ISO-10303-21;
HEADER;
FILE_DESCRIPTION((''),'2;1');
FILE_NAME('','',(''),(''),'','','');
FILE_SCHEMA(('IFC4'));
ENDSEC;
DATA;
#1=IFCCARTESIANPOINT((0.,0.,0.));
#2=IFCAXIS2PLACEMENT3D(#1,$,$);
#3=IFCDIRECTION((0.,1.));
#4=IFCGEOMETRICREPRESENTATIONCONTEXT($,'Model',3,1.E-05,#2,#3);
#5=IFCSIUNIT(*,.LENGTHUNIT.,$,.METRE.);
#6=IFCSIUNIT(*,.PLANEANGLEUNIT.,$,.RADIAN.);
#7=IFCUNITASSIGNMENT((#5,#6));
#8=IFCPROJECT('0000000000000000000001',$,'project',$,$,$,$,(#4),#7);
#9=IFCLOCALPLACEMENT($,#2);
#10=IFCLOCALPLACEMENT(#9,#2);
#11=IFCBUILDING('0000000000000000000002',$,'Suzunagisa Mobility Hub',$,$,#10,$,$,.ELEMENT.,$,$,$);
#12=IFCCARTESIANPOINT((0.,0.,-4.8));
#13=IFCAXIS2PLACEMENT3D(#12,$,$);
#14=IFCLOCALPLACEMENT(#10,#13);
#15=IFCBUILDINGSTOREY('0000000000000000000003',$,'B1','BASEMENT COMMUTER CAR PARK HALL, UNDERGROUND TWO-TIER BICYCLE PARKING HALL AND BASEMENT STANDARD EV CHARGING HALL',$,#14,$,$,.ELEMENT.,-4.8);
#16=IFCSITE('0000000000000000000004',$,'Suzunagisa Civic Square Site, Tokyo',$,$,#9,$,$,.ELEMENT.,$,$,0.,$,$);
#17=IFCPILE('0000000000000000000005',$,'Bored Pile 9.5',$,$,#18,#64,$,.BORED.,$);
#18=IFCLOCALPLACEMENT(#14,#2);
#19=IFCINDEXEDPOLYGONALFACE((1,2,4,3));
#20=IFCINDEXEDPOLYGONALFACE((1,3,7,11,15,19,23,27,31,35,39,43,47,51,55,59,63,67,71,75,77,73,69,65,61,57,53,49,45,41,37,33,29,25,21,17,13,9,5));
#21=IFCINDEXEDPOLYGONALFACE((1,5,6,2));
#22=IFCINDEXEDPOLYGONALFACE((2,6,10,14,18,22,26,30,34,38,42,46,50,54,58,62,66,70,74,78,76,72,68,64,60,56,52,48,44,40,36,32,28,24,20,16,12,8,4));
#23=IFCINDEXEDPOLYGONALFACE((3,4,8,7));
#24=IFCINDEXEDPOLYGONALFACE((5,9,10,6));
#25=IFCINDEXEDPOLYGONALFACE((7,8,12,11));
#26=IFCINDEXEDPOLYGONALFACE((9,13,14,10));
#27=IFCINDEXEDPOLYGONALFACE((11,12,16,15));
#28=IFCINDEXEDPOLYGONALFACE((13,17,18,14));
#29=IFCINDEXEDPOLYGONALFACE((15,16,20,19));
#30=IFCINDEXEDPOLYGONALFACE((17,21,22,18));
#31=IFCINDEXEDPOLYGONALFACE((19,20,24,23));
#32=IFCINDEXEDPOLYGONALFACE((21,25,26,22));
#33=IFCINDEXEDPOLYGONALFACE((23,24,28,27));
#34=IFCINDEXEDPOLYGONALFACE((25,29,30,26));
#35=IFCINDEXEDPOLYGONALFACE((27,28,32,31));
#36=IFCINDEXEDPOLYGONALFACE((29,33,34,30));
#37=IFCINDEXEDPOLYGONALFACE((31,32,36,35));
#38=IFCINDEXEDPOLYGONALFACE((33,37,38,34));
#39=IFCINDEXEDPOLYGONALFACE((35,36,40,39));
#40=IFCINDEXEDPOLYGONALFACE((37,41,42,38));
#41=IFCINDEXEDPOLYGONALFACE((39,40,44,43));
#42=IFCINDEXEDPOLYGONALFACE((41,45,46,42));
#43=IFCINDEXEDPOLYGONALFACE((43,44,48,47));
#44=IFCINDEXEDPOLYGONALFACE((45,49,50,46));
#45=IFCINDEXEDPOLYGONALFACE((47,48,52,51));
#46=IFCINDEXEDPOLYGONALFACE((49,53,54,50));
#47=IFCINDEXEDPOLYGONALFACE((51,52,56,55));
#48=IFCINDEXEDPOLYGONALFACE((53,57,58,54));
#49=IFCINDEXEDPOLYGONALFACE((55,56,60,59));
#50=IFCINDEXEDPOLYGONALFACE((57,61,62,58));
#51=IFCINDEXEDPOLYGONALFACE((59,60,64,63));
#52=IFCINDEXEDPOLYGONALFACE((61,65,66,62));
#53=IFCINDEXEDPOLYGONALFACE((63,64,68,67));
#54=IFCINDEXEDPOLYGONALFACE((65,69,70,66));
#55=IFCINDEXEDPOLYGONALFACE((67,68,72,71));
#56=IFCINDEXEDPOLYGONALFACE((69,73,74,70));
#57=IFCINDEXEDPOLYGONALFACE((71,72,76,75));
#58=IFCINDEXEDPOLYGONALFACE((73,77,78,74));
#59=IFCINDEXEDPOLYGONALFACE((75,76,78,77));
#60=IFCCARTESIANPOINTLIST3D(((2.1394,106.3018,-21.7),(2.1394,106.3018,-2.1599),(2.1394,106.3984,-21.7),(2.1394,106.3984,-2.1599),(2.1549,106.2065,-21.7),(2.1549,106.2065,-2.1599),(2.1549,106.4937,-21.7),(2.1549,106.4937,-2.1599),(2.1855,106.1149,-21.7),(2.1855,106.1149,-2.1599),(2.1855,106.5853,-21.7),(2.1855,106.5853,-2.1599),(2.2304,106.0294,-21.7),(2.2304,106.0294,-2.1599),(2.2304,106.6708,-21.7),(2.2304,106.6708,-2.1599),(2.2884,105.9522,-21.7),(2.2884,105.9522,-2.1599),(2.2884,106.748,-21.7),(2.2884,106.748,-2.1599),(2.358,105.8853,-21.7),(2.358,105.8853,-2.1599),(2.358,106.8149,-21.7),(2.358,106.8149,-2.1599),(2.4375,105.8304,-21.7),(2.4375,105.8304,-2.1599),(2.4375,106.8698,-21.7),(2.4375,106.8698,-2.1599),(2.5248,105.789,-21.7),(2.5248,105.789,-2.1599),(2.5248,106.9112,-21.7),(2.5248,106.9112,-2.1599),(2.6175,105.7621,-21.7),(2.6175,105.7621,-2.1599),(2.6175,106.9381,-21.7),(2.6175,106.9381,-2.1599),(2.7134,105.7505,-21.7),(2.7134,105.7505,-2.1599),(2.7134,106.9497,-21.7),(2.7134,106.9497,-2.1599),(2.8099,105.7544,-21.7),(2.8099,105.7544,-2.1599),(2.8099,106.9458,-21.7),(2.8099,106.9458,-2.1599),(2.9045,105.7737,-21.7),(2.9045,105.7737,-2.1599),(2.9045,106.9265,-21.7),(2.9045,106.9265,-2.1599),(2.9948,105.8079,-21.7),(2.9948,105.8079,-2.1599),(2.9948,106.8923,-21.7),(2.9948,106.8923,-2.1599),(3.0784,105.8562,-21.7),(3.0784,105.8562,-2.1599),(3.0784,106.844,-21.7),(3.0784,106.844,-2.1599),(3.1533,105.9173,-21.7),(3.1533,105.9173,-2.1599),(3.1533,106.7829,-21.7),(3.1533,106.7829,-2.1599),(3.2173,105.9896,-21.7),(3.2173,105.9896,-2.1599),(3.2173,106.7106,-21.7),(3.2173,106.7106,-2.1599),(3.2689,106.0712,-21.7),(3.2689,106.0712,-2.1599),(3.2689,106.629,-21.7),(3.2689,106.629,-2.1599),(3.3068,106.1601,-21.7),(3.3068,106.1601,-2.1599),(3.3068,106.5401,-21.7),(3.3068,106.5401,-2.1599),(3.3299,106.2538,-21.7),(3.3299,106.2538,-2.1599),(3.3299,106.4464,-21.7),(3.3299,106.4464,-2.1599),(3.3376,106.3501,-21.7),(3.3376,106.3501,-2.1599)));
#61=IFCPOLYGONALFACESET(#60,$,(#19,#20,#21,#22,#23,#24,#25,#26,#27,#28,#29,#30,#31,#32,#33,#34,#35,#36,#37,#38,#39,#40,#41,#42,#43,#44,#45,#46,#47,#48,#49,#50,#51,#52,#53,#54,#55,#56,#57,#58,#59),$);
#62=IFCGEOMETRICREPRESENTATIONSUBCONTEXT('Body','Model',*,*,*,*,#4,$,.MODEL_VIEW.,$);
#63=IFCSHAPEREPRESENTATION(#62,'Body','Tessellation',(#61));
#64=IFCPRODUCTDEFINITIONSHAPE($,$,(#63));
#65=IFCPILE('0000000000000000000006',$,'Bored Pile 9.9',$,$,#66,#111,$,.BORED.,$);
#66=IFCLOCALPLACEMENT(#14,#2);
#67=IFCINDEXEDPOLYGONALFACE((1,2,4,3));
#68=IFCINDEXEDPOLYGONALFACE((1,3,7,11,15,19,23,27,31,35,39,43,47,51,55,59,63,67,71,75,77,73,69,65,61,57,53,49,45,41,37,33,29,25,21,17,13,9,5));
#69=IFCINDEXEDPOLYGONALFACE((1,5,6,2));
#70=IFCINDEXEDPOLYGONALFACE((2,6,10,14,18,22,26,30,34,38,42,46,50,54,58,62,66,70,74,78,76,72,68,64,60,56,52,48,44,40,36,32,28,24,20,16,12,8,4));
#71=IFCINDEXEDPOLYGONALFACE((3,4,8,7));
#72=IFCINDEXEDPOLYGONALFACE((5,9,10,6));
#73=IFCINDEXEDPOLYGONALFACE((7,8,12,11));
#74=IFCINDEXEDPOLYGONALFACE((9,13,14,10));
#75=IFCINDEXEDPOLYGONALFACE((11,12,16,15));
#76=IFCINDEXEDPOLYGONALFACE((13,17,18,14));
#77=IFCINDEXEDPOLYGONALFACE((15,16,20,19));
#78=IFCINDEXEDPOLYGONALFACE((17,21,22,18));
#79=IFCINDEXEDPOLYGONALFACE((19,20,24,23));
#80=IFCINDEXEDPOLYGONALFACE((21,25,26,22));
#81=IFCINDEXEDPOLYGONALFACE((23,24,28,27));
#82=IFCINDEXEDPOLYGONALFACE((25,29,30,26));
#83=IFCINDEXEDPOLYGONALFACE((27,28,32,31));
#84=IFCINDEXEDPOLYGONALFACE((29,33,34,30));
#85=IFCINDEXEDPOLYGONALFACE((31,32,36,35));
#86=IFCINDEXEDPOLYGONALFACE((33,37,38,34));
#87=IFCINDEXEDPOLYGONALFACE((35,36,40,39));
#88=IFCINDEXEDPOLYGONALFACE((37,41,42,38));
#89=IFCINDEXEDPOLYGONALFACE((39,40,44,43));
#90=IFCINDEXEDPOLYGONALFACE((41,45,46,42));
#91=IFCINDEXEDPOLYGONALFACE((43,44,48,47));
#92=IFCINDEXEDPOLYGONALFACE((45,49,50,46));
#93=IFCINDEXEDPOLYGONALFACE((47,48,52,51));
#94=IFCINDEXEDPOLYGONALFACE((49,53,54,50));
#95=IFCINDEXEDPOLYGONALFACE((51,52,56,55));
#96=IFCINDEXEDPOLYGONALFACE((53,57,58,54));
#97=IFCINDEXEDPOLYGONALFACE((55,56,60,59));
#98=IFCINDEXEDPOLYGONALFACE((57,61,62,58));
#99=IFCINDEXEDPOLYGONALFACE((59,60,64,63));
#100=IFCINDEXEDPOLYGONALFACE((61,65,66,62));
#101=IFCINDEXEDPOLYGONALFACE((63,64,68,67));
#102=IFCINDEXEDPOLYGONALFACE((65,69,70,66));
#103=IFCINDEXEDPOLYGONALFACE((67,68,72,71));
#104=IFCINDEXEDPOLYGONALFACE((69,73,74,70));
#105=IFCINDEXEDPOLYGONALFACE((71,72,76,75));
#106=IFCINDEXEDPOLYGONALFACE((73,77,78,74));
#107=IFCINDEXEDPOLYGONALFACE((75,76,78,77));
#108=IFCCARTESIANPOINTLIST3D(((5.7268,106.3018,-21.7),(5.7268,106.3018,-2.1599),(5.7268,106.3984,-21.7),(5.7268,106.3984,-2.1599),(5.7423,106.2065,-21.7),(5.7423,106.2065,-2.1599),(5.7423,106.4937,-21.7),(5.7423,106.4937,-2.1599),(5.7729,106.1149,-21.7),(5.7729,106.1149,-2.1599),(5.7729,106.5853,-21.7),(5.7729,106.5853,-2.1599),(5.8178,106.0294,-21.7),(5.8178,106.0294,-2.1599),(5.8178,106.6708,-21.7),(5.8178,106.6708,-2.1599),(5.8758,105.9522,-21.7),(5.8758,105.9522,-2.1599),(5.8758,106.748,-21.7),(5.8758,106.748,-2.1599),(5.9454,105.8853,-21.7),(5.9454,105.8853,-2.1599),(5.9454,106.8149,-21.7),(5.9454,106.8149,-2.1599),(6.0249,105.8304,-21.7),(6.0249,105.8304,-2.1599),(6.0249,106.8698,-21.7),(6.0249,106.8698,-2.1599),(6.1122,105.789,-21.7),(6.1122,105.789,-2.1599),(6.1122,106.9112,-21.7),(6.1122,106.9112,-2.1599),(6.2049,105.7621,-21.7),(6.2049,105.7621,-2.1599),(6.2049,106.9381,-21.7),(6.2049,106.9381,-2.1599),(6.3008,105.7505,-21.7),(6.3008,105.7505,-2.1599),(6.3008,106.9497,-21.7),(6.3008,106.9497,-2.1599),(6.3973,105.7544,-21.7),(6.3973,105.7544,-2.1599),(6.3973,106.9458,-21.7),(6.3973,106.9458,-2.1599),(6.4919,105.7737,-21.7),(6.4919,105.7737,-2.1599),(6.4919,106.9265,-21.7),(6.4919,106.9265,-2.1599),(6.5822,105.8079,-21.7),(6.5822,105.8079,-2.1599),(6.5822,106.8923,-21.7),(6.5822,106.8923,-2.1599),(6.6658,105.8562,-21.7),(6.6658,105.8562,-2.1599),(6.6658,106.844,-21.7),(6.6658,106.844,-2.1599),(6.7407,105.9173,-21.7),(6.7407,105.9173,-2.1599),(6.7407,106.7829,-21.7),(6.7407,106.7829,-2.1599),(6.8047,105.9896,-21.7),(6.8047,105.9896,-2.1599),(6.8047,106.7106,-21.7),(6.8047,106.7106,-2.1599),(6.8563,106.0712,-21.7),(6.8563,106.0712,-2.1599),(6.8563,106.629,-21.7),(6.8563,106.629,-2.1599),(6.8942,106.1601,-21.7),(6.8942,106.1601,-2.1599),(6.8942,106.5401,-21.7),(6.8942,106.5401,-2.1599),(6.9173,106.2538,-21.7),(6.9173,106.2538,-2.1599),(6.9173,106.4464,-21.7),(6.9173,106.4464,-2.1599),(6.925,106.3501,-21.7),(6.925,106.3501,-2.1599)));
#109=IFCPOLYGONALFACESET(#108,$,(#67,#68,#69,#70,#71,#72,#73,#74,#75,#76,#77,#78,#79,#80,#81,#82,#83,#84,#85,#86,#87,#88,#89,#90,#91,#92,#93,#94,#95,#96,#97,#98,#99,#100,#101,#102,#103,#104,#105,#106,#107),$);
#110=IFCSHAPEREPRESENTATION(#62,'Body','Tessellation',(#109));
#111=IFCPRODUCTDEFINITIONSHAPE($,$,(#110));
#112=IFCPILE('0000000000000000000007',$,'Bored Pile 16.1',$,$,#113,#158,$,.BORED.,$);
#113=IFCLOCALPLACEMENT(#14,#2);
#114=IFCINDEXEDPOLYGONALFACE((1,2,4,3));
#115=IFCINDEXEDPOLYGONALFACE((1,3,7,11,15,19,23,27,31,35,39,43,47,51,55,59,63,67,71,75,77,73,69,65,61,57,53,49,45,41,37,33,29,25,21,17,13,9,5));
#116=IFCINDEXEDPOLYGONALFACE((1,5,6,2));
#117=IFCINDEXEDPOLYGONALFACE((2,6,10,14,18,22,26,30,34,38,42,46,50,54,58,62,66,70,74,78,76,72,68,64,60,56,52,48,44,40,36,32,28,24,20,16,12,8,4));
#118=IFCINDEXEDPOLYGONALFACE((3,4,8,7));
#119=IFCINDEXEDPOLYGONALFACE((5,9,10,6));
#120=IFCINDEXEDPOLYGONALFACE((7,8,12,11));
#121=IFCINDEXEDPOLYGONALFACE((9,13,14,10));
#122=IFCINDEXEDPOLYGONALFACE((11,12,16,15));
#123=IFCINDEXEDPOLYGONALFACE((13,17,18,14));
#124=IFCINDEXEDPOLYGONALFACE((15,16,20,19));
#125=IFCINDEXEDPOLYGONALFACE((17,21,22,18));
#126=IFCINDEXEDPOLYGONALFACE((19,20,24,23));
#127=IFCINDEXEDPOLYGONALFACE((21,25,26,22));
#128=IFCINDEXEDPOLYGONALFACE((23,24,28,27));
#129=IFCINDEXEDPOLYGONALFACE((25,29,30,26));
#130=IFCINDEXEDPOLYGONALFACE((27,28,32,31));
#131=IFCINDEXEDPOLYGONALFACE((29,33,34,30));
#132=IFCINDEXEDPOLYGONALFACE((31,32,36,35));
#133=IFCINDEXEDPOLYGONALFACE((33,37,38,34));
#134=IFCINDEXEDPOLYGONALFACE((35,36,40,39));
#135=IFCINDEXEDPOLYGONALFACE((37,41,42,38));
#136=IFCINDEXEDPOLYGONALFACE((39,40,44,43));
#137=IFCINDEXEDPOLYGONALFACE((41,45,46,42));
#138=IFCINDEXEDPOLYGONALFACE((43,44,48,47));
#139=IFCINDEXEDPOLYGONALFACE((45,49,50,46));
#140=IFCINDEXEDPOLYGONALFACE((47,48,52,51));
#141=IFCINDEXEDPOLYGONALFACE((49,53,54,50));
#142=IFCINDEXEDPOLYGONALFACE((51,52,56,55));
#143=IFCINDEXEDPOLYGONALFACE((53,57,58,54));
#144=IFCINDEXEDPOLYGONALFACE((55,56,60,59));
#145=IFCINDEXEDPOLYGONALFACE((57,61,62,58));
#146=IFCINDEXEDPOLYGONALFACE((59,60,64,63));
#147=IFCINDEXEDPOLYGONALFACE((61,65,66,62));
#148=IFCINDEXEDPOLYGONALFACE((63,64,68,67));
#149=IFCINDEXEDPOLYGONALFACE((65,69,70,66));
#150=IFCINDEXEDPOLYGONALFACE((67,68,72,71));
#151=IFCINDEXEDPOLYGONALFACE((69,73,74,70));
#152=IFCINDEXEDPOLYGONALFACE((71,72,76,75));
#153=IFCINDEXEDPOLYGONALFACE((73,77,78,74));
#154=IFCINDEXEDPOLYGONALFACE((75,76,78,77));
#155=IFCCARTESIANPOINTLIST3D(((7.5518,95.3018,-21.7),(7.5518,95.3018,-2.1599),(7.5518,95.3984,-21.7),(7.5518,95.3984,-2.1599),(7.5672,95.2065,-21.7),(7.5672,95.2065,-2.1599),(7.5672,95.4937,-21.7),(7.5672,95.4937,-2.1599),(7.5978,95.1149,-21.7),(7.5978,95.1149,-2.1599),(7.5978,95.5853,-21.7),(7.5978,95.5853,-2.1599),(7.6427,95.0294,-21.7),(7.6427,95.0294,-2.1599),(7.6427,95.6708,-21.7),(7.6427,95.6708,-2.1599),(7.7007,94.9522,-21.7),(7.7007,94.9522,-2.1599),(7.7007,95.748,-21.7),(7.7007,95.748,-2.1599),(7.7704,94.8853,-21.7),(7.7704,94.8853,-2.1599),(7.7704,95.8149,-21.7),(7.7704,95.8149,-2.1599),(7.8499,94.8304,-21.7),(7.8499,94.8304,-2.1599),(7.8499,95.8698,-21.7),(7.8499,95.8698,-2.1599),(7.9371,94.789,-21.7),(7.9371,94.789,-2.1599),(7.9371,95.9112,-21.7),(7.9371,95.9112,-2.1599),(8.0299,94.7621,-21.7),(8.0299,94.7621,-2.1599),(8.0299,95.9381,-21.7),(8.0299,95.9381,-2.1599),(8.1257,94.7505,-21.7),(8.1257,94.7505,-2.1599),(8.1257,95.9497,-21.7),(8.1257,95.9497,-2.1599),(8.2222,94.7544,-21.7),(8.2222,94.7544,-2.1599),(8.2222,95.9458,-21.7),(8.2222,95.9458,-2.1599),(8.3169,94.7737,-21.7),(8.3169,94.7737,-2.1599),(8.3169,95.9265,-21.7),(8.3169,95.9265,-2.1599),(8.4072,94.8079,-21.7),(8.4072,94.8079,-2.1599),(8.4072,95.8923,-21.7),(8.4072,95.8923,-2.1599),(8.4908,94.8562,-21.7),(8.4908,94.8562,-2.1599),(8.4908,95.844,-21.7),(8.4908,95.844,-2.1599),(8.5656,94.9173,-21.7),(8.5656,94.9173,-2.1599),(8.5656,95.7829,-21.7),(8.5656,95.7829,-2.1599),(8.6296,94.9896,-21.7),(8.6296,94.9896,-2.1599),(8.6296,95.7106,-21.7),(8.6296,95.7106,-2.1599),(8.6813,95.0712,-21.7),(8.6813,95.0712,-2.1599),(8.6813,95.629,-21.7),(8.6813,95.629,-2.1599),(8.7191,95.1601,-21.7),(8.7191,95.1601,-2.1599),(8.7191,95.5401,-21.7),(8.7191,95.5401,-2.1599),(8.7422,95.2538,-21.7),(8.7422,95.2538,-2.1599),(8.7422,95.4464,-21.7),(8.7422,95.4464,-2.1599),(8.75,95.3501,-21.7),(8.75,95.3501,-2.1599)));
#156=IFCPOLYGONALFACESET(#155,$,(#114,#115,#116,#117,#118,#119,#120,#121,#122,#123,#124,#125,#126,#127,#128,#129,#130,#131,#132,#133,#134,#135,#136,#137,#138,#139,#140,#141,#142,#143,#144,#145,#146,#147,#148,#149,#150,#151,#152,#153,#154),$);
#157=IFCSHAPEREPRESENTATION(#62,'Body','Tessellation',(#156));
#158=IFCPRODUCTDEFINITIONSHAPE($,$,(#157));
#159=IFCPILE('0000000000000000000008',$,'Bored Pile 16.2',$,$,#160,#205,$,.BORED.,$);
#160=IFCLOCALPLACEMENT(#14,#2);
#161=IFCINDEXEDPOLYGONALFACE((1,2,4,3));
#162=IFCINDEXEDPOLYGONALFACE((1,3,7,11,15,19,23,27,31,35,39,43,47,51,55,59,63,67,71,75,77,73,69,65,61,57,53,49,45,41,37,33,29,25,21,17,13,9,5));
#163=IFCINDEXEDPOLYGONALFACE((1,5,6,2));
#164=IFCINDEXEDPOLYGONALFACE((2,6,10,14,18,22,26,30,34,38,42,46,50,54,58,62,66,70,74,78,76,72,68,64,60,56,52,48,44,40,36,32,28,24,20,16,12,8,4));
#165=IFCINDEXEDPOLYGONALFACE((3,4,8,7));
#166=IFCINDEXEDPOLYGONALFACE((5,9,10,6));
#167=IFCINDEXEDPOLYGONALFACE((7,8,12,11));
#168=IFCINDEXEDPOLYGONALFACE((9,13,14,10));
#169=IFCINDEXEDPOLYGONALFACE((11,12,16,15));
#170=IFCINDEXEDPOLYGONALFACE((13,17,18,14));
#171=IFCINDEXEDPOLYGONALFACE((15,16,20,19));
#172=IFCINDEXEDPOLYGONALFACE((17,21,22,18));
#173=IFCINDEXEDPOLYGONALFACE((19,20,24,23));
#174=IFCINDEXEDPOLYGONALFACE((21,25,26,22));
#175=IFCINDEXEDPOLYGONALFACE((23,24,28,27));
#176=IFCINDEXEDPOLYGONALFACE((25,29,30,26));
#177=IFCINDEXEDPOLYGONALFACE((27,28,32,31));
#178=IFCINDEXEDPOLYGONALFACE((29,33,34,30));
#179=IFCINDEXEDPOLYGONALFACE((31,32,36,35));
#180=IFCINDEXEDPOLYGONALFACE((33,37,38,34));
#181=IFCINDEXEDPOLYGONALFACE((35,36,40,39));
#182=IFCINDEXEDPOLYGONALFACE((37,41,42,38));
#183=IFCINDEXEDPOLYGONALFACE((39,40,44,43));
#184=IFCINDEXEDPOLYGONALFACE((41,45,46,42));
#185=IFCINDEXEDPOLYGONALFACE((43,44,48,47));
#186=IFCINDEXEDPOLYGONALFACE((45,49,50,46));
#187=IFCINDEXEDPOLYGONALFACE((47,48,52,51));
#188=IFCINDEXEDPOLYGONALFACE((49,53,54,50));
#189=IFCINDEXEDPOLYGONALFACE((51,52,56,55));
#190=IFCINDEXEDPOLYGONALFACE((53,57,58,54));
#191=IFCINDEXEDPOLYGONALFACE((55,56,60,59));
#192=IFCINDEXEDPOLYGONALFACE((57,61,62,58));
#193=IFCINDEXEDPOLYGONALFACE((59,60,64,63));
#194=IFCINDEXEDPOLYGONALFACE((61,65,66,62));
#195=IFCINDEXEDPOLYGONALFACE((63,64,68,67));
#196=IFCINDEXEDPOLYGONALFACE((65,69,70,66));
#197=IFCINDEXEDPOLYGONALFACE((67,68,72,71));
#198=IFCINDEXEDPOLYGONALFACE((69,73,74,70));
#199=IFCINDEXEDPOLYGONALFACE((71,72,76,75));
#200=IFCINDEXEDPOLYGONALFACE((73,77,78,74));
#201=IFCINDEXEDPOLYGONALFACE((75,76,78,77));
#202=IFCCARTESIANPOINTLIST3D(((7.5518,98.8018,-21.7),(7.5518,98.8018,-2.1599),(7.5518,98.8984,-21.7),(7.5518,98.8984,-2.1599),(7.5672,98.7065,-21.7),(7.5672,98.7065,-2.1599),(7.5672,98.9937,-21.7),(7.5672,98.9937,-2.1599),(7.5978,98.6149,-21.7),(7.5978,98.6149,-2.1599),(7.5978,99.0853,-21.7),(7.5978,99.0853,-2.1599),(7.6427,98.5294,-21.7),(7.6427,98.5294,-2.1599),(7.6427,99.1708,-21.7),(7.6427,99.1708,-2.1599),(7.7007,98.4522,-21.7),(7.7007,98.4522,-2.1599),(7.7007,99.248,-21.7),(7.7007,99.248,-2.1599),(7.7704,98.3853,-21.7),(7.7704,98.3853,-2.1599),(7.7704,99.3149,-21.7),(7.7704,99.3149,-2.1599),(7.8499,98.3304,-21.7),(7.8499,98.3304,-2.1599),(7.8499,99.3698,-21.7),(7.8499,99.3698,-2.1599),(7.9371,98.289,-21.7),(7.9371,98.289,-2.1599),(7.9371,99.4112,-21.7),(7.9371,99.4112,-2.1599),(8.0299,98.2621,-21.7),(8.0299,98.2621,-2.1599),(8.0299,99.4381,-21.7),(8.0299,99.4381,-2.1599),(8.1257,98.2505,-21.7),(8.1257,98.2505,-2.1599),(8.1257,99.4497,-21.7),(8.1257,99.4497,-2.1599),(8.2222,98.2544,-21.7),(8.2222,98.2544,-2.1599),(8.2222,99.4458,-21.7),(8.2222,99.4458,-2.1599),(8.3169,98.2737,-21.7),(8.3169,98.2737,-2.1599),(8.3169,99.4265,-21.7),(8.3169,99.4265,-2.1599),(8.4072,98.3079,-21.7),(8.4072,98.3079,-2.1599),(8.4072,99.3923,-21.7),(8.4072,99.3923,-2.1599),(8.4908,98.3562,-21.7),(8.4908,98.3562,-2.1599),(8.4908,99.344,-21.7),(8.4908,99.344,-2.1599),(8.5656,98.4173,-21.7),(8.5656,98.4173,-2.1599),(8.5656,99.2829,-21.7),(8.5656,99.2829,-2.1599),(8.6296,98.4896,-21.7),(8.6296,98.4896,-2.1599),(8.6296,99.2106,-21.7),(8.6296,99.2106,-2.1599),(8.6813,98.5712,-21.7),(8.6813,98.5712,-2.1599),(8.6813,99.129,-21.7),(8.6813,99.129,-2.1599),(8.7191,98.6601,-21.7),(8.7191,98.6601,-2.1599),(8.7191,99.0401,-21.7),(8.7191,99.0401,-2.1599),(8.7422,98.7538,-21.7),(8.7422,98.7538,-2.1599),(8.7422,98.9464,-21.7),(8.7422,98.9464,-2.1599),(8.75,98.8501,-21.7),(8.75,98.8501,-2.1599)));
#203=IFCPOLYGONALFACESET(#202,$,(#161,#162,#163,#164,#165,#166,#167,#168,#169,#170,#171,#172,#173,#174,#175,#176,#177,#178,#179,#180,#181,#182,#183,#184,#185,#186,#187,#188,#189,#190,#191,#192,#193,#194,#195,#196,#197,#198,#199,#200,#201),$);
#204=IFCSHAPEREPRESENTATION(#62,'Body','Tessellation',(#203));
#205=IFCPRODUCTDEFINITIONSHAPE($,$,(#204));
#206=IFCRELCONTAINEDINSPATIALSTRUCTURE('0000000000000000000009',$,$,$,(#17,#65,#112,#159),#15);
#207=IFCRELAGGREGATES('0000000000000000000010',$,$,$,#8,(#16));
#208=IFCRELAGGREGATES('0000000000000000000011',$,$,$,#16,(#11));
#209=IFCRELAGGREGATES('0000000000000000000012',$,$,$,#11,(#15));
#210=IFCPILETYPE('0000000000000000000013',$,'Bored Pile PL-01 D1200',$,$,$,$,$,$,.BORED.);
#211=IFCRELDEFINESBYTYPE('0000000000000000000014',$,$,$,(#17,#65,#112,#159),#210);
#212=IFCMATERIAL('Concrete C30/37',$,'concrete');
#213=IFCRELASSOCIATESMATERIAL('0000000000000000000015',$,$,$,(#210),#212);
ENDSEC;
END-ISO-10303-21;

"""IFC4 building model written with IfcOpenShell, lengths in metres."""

from ifc_helpers import new_model, si_unit, direction, frame, origin, origin_2d, place, context, subcontext, project, spatial, circle, extrude, material, material_profile, profile_set, type_object, element, save


model = new_model("IFC4")

# Units and contexts
model_context = context("Model", 3, precision=1e-05, world=origin(), true_north=direction((0.0, 1.0)))
body_context = subcontext(model_context, "Body", "Model", "MODEL_VIEW")
ifc_project = project(units=[si_unit("LENGTHUNIT", "METRE"), si_unit("PLANEANGLEUNIT", "RADIAN")], contexts=[model_context])

# Site, building, storey
site_placement = place(None, origin())
site = spatial("IfcSite", under=ifc_project, at=site_placement, Name="Suzunagisa Civic Square Site, Tokyo", CompositionType="ELEMENT", RefElevation=0.0)
building_placement = place(site_placement, origin())
building = spatial("IfcBuilding", under=site, at=building_placement, Name="Suzunagisa Mobility Hub", CompositionType="ELEMENT")
storey_placement = place(building_placement, frame((0.0, 0.0, -4.8)))
storey = spatial("IfcBuildingStorey", under=building, at=storey_placement, Name="B1", Description="BASEMENT COMMUTER CAR PARK HALL, UNDERGROUND TWO-TIER BICYCLE PARKING HALL AND BASEMENT STANDARD EV CHARGING HALL", CompositionType="ELEMENT", Elevation=-4.8)

# Piles
ifc_material_1 = material(Name="Concrete C30/37", Category="concrete")
ifc_material_profile_1 = material_profile(ifc_material_1, circle(Radius=0.6001, at=origin_2d()), Name="BORED PILE D1200")
ifc_profile_set_1 = profile_set([ifc_material_profile_1], Name="Concrete C30/37")
pile_type_1 = type_object("IfcPileType", Name="Bored Pile PL-01 D1200", PredefinedType="BORED", material=ifc_profile_set_1)
for number, where, z_axis, x_axis, name in (
    (1, (2.7375, 106.3501, -2.1599), (0.0, 0.0, -1.0), (1.0, 0.0, 0.0), "Bored Pile 9.5"),
    (2, (6.325, 106.3501, -2.1599), (0.0, 0.0, -1.0), (1.0, 0.0, 0.0), "Bored Pile 9.9"),
    (3, (8.1499, 95.3501, -2.1599), (0.0, 0.0, -1.0), (1.0, 0.0, 0.0), "Bored Pile 16.1"),
    (4, (8.1499, 98.8501, -2.1599), (0.0, 0.0, -1.0), (1.0, 0.0, 0.0), "Bored Pile 16.2"),
):
    element("IfcPile", number, at=place(storey_placement, frame(where, z_axis=z_axis, x_axis=x_axis)), inside=storey, type_object=pile_type_1, Name=name, PredefinedType="BORED", context=body_context, shape_type="SweptSolid", body=[
        extrude(circle(Radius=0.6001, at=origin_2d()), origin(), (0.0, 0.0, 1.0), 19.54),
    ])

save(model, "model.ifc")
